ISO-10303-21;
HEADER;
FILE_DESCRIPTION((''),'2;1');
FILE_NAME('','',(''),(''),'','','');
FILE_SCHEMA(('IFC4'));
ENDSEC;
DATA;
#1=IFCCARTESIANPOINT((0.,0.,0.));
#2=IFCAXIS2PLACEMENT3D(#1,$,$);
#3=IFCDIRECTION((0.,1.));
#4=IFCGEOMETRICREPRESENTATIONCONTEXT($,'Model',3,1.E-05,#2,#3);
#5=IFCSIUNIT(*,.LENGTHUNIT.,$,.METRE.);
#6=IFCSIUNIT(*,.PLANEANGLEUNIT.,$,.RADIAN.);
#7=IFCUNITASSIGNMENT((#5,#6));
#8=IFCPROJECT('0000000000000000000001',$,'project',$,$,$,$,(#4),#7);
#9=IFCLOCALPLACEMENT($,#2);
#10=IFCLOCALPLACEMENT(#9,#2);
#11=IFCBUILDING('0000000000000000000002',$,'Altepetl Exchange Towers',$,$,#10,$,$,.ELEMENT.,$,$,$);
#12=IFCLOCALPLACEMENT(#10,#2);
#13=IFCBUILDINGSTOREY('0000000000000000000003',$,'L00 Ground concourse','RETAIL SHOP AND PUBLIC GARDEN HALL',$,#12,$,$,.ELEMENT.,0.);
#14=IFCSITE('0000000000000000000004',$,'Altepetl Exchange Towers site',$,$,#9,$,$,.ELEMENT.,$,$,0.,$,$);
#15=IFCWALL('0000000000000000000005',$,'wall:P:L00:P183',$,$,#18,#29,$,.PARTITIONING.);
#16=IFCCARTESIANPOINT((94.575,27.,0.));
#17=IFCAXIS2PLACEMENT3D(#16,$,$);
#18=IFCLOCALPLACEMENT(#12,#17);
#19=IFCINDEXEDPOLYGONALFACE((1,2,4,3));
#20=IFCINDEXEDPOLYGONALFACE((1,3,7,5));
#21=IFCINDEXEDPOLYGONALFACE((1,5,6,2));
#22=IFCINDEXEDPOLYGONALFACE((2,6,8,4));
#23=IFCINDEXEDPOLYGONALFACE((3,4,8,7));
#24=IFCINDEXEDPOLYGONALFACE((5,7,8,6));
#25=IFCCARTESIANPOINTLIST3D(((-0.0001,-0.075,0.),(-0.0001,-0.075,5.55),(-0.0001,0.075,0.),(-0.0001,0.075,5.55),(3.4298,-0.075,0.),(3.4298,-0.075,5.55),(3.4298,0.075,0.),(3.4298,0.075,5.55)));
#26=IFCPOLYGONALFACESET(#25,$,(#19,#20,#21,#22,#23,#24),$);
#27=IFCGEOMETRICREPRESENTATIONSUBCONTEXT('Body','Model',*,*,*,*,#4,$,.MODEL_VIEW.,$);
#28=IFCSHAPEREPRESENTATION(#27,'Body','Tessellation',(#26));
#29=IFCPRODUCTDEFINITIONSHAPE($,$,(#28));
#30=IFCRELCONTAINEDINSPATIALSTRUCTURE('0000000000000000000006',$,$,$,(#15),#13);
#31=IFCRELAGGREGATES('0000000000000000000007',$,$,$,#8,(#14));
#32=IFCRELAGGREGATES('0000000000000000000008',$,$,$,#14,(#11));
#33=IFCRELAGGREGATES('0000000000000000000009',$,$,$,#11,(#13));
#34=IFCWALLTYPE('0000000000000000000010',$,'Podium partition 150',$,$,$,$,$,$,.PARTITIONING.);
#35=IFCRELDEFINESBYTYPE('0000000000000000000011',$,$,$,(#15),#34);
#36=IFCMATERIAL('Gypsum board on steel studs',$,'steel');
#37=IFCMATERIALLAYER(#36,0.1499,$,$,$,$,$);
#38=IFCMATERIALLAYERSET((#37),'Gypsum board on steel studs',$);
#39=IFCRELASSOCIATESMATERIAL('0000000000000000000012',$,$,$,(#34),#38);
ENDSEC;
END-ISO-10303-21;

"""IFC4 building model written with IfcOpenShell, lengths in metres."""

from ifc_helpers import new_model, si_unit, direction, frame, frame_2d, origin, place, context, subcontext, project, spatial, rectangle, extrude, material, layer, layer_set, type_object, element, save


model = new_model("IFC4")

# Units and contexts
model_context = context("Model", 3, precision=1e-05, world=origin(), true_north=direction((0.0, 1.0)))
body_context = subcontext(model_context, "Body", "Model", "MODEL_VIEW")
ifc_project = project(units=[si_unit("LENGTHUNIT", "METRE"), si_unit("PLANEANGLEUNIT", "RADIAN")], contexts=[model_context])

# Site, building, storey
site_placement = place(None, origin())
site = spatial("IfcSite", under=ifc_project, at=site_placement, Name="Altepetl Exchange Towers site", CompositionType="ELEMENT", RefElevation=0.0)
building_placement = place(site_placement, origin())
building = spatial("IfcBuilding", under=site, at=building_placement, Name="Altepetl Exchange Towers", CompositionType="ELEMENT")
storey_placement = place(building_placement, origin())
storey = spatial("IfcBuildingStorey", under=building, at=storey_placement, Name="L00 Ground concourse", Description="RETAIL SHOP AND PUBLIC GARDEN HALL", CompositionType="ELEMENT", Elevation=0.0)

# Shared definitions
ifc_material_1 = material(Name="Gypsum board on steel studs", Category="steel")
ifc_layer_1 = layer(ifc_material_1, 0.1499)
ifc_layer_set_1 = layer_set([ifc_layer_1], Name="Gypsum board on steel studs")
wall_type_1 = type_object("IfcWallType", Name="Podium partition 150", PredefinedType="PARTITIONING", material=ifc_layer_set_1)

# Wall
wall_1_placement = place(storey_placement, frame((94.575, 27.0, 0.0)))
element("IfcWall", 1, at=wall_1_placement, inside=storey, type_object=wall_type_1, Name="wall:P:L00:P183", PredefinedType="PARTITIONING", context=body_context, shape_type="SweptSolid", body=[
    extrude(rectangle(XDim=3.4299, YDim=0.1499, at=frame_2d((1.7148, 0.0))), origin(), (0.0, 0.0, 1.0), 5.55),
])

save(model, "model.ifc")
